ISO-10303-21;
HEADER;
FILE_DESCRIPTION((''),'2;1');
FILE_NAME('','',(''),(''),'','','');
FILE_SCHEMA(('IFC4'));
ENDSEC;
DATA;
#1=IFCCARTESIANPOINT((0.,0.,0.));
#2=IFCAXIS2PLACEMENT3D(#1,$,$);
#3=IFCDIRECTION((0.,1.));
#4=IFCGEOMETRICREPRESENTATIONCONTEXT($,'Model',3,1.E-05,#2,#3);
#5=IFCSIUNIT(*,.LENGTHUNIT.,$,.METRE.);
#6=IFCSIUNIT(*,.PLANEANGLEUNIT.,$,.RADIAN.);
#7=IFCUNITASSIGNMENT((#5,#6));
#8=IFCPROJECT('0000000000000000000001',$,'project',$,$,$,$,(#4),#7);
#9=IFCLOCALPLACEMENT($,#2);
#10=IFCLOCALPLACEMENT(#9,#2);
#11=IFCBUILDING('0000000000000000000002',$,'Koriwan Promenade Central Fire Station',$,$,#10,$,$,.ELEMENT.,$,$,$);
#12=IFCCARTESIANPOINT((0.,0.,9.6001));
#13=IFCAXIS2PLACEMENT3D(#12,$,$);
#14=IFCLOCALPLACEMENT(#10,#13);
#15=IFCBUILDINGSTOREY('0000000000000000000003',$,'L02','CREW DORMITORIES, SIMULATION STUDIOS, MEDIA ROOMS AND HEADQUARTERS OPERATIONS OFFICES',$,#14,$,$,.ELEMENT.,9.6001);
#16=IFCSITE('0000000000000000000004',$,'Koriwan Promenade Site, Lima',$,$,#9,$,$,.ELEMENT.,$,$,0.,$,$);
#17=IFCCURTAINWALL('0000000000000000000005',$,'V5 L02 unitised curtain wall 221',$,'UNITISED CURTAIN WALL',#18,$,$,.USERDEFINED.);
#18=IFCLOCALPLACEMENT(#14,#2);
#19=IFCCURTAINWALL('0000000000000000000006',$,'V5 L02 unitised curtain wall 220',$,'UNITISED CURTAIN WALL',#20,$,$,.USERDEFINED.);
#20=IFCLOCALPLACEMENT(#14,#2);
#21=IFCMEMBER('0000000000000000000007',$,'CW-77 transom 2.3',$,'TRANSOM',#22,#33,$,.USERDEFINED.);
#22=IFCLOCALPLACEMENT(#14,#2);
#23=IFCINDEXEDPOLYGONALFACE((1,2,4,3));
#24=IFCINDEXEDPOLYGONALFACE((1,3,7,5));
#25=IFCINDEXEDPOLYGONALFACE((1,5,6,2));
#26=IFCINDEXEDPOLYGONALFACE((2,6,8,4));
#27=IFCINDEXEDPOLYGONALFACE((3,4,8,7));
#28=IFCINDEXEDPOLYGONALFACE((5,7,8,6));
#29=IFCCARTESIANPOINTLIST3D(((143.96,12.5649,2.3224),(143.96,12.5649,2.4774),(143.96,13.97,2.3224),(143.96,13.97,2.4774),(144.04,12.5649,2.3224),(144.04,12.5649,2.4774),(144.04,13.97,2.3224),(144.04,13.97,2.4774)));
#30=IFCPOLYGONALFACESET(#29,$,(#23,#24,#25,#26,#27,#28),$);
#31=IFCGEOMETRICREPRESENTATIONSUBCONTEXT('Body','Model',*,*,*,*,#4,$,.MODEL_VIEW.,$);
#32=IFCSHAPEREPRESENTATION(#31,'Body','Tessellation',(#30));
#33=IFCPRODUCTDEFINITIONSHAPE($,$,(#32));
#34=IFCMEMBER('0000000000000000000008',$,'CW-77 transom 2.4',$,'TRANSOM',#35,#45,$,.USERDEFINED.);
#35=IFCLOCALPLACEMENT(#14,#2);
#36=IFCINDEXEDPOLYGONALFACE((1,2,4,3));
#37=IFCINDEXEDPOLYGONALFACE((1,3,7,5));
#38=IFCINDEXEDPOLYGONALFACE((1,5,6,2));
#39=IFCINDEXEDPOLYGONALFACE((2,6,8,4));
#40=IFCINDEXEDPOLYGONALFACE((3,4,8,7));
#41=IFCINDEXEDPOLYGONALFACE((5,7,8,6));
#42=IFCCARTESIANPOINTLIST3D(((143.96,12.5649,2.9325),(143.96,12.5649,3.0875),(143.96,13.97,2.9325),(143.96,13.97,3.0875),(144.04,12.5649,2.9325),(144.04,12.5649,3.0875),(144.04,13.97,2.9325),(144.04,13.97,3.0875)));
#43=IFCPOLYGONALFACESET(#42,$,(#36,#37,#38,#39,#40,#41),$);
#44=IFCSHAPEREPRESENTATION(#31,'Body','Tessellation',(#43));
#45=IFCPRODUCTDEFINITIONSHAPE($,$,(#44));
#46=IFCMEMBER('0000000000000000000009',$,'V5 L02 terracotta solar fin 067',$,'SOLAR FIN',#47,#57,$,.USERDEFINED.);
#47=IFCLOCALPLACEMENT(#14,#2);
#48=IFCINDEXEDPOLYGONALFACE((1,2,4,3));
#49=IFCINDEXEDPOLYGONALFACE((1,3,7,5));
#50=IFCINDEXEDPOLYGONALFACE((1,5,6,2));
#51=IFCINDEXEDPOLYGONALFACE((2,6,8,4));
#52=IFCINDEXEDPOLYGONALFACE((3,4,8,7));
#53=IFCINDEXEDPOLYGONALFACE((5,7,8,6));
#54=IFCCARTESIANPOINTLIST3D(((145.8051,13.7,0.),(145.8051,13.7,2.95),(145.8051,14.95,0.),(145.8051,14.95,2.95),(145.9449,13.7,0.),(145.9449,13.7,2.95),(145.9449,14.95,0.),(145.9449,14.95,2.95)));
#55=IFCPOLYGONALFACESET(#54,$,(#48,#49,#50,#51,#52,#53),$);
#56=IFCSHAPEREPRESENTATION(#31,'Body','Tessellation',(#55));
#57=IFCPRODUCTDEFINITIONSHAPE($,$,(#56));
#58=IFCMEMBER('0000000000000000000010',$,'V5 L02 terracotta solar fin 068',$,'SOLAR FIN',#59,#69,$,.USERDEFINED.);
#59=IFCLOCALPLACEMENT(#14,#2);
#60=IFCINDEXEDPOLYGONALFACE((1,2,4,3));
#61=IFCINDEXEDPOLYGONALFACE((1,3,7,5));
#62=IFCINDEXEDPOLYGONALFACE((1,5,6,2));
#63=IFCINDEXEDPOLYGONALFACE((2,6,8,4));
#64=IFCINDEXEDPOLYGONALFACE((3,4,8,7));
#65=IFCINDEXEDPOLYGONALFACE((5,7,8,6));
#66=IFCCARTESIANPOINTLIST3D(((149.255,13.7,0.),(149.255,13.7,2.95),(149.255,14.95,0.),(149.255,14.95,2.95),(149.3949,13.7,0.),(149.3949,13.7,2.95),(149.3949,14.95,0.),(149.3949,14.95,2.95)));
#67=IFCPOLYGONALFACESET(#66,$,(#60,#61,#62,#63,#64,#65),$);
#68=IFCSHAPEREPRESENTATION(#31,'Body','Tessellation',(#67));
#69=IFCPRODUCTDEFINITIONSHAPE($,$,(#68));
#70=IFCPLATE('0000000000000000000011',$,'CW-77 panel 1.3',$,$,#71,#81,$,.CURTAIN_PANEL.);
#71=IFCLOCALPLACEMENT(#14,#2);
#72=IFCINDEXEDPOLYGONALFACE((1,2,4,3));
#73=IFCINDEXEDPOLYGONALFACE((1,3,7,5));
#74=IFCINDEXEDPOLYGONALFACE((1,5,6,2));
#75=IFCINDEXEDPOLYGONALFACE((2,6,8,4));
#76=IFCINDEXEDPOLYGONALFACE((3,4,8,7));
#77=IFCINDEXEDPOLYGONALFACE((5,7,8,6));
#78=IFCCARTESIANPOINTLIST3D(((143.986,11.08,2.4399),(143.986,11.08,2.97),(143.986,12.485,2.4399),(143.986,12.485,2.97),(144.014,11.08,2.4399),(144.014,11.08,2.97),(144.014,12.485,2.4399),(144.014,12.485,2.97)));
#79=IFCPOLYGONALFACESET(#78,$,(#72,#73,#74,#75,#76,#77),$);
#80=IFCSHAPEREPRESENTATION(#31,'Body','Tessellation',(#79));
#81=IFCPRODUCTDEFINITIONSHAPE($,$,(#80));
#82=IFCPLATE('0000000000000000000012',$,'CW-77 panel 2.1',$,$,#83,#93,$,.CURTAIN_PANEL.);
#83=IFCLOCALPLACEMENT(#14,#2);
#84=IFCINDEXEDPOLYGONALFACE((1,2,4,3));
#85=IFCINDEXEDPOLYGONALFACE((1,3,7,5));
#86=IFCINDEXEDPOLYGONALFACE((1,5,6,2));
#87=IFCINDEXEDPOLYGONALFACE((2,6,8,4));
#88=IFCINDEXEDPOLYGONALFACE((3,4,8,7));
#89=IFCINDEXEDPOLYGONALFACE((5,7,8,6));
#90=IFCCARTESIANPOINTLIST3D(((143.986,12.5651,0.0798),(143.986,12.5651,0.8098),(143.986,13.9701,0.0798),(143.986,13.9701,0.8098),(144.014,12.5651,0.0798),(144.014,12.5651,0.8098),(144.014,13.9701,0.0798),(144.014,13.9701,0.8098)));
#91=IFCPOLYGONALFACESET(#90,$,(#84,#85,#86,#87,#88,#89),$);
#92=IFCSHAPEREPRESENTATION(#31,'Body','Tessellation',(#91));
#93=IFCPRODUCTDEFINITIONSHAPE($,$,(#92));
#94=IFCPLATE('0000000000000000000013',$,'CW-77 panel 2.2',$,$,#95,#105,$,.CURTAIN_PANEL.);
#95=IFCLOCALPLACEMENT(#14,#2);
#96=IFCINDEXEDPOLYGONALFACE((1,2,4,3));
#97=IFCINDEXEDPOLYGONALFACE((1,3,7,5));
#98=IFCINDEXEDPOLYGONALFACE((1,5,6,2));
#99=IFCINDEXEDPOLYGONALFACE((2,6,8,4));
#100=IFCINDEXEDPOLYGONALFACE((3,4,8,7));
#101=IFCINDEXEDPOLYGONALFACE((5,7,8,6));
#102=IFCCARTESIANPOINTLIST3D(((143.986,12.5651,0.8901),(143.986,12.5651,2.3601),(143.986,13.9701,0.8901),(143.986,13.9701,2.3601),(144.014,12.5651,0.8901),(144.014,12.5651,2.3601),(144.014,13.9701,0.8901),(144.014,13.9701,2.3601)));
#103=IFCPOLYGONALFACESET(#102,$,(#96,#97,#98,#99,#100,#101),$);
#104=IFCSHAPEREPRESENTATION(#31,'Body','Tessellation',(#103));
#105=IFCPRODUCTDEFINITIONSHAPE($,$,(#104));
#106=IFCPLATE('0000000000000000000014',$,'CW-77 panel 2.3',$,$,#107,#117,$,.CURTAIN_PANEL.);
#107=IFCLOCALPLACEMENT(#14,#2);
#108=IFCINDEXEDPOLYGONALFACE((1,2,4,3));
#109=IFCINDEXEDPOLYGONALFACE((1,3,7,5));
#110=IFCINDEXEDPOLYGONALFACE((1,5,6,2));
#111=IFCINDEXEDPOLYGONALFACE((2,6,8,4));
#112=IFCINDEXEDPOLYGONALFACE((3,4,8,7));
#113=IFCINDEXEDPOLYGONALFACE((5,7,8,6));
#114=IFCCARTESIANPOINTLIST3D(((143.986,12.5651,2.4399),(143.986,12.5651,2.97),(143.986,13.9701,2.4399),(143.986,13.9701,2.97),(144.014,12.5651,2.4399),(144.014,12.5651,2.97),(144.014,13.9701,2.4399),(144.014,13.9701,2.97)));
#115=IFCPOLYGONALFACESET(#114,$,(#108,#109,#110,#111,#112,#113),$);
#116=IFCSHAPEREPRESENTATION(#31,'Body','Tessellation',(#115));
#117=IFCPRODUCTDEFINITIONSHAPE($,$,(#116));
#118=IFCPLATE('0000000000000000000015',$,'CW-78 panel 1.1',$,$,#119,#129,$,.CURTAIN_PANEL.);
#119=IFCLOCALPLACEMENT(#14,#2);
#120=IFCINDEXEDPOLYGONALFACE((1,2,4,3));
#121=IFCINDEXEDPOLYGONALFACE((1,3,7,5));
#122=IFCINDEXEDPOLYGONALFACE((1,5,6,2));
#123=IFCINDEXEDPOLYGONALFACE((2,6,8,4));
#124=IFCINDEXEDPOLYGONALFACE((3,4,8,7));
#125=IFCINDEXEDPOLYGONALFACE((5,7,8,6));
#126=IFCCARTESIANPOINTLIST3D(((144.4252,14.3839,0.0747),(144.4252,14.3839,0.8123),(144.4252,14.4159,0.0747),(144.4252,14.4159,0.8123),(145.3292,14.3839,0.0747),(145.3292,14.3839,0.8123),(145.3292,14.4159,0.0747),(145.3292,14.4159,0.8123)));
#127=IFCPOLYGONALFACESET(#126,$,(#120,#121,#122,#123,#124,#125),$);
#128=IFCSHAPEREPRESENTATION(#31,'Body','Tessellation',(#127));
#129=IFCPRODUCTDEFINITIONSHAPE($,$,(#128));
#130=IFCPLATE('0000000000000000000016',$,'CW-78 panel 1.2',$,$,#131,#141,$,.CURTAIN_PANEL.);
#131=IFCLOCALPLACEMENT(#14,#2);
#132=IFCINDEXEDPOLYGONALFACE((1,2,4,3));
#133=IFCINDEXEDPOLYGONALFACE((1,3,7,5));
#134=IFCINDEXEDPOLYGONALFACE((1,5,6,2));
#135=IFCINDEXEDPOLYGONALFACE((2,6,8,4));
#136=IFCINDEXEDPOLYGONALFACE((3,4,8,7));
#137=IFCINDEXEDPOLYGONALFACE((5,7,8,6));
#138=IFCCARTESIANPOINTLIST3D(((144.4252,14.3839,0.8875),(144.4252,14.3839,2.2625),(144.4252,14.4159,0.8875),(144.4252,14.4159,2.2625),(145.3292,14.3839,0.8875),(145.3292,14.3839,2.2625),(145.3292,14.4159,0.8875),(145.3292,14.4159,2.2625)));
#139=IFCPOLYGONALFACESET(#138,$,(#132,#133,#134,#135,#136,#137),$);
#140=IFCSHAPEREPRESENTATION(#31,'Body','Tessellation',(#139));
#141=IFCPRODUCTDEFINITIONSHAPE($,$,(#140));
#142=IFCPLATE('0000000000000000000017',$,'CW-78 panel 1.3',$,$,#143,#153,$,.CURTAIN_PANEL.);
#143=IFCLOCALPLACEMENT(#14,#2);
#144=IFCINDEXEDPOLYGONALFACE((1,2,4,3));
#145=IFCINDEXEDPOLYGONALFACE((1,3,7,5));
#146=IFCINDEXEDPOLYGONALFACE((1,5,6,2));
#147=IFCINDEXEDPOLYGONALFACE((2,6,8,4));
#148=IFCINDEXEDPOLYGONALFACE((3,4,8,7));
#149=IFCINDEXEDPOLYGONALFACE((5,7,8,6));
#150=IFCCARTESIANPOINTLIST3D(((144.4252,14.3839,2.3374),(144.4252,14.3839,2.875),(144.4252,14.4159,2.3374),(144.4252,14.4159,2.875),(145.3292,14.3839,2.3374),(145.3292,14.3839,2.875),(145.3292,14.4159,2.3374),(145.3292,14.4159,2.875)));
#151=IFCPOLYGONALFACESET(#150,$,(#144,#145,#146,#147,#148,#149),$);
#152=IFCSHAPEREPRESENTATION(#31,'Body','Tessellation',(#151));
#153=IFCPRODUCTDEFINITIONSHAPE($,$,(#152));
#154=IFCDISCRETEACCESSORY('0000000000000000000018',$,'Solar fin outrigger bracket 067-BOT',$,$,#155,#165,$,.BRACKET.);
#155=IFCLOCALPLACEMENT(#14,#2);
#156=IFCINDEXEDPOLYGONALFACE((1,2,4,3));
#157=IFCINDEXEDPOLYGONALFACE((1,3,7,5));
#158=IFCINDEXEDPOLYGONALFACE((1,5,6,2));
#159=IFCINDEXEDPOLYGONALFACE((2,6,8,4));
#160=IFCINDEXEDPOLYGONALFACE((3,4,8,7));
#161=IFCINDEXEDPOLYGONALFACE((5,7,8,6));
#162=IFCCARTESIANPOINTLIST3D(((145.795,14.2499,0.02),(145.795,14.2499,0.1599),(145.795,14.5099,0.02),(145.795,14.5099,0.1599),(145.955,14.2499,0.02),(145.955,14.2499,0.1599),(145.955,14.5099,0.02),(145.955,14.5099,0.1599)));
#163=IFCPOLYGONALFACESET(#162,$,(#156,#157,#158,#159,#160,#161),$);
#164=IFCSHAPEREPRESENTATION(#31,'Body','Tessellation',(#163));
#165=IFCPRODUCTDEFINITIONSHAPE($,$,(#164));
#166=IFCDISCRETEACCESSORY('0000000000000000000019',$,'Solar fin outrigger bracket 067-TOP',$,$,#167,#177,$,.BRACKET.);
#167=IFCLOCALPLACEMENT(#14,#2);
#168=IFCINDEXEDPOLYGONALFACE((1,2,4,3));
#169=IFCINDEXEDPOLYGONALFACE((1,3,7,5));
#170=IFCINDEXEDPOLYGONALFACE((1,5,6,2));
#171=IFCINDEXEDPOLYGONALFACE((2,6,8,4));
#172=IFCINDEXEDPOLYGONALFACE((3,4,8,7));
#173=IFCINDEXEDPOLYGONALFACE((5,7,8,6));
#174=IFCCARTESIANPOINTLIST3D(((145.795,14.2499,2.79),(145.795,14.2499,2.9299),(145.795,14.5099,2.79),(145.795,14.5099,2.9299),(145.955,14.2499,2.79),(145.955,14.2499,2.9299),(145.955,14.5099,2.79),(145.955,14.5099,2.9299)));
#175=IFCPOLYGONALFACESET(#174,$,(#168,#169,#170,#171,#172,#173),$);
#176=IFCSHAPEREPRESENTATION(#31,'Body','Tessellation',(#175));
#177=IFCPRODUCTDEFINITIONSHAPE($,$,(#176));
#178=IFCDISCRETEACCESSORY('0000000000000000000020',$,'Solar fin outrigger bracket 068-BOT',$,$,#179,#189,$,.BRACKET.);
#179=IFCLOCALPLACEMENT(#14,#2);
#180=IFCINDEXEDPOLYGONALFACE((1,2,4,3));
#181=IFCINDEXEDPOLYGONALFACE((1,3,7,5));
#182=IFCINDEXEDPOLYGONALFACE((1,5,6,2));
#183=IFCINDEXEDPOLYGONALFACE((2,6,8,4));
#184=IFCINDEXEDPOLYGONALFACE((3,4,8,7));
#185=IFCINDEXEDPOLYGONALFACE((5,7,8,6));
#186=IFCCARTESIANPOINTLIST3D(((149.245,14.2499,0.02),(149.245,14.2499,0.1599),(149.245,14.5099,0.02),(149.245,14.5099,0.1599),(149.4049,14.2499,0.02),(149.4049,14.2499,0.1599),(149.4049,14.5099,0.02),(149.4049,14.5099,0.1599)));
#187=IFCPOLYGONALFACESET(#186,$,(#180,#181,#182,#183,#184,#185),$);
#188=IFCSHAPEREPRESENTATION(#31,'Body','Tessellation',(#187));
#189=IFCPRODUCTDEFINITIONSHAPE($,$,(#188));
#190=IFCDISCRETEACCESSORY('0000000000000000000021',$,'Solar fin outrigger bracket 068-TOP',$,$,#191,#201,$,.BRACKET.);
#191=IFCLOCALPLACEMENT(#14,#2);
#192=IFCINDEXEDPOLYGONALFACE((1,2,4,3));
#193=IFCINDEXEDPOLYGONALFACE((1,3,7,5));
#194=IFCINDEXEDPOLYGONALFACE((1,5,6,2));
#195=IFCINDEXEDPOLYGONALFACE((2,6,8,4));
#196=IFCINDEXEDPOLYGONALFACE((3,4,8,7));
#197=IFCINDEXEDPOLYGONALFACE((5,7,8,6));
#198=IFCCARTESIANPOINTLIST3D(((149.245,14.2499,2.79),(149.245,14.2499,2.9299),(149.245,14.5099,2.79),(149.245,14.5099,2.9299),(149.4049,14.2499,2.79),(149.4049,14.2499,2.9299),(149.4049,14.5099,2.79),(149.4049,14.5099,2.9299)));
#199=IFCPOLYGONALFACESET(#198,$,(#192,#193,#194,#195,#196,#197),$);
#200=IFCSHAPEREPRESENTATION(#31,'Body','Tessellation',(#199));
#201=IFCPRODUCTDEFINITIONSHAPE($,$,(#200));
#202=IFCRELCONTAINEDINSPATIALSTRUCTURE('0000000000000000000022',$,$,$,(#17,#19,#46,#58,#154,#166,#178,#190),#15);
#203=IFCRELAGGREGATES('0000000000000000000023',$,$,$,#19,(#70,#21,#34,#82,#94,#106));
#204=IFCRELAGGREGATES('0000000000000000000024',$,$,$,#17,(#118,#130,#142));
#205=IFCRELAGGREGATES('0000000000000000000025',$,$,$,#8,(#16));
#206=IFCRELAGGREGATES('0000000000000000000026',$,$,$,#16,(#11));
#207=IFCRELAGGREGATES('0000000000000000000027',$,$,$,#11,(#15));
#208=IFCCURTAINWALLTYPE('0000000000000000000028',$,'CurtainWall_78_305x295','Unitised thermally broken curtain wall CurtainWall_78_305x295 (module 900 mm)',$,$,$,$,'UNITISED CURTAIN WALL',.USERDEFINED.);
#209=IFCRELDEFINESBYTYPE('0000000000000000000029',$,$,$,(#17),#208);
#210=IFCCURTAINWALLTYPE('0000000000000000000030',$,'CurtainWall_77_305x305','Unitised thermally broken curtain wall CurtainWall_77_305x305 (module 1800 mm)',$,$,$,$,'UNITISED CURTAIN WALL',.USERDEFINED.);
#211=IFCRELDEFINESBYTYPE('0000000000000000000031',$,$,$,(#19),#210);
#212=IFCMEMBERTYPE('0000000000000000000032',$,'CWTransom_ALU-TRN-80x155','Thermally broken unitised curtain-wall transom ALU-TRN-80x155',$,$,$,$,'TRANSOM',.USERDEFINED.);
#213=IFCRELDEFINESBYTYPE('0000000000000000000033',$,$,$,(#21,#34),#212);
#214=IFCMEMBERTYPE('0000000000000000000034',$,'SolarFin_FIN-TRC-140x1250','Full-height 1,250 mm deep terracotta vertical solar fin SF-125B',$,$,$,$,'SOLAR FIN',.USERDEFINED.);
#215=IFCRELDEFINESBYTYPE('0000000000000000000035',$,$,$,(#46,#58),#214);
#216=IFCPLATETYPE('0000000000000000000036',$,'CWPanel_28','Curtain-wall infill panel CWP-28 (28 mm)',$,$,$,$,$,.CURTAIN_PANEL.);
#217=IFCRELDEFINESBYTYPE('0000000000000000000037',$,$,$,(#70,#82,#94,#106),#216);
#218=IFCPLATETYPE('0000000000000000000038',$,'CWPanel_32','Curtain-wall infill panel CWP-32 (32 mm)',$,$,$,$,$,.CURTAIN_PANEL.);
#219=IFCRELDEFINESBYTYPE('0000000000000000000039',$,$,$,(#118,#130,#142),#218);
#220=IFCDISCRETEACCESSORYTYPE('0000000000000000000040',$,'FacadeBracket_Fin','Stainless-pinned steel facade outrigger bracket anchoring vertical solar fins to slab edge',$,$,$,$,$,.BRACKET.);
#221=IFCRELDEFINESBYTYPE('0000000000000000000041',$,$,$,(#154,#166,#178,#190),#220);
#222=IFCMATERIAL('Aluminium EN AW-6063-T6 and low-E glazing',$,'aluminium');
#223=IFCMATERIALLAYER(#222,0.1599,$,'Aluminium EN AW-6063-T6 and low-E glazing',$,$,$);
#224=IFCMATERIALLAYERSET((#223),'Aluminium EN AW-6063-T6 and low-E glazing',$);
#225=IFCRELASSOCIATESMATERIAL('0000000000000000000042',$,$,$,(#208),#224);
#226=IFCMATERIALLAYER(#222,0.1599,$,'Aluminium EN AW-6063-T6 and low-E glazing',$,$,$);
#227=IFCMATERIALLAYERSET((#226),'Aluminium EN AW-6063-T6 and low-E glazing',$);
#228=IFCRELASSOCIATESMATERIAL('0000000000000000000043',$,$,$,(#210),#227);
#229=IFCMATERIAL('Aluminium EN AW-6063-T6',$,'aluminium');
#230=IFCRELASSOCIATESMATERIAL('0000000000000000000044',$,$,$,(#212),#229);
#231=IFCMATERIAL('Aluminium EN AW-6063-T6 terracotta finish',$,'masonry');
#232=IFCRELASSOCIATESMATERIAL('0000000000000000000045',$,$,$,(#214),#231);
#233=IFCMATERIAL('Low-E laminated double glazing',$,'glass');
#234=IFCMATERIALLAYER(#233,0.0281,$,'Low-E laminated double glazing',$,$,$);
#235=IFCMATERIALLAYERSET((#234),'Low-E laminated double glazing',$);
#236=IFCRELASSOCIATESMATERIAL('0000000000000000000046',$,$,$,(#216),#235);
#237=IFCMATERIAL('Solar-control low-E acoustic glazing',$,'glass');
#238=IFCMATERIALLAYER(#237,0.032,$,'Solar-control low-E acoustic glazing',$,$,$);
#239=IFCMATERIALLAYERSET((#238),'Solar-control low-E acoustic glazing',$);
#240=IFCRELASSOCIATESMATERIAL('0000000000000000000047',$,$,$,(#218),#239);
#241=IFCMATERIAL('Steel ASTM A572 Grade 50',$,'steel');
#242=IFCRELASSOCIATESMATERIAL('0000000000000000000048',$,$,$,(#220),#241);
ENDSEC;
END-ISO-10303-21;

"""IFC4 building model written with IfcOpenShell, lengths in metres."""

from ifc_helpers import new_model, si_unit, direction, frame, origin, origin_2d, place, context, subcontext, project, spatial, rectangle, extrude, material, layer, layer_set, material_profile, profile_set, type_object, element, aggregate, save


model = new_model("IFC4")

# Units and contexts
model_context = context("Model", 3, precision=1e-05, world=origin(), true_north=direction((0.0, 1.0)))
body_context = subcontext(model_context, "Body", "Model", "MODEL_VIEW")
ifc_project = project(units=[si_unit("LENGTHUNIT", "METRE"), si_unit("PLANEANGLEUNIT", "RADIAN")], contexts=[model_context])

# Site, building, storey
site_placement = place(None, origin())
site = spatial("IfcSite", under=ifc_project, at=site_placement, Name="Koriwan Promenade Site, Lima", CompositionType="ELEMENT", RefElevation=0.0)
building_placement = place(site_placement, origin())
building = spatial("IfcBuilding", under=site, at=building_placement, Name="Koriwan Promenade Central Fire Station", CompositionType="ELEMENT")
storey_placement = place(building_placement, frame((0.0, 0.0, 9.6001)))
storey = spatial("IfcBuildingStorey", under=building, at=storey_placement, Name="L02", Description="CREW DORMITORIES, SIMULATION STUDIOS, MEDIA ROOMS AND HEADQUARTERS OPERATIONS OFFICES", CompositionType="ELEMENT", Elevation=9.6001)

# Curtain walls
ifc_material_1 = material(Name="Aluminium EN AW-6063-T6 and low-E glazing", Category="aluminium")
ifc_layer_1 = layer(ifc_material_1, 0.1599, Name="Aluminium EN AW-6063-T6 and low-E glazing")
ifc_layer_set_1 = layer_set([ifc_layer_1], Name="Aluminium EN AW-6063-T6 and low-E glazing")
curtain_wall_type_1 = type_object("IfcCurtainWallType", Name="CurtainWall_78_305x295", Description="Unitised thermally broken curtain wall CurtainWall_78_305x295 (module 900 mm)", ElementType="UNITISED CURTAIN WALL", PredefinedType="USERDEFINED", material=ifc_layer_set_1)
curtain_wall_1_placement = place(storey_placement, origin())
curtain_wall_1 = element("IfcCurtainWall", 1, at=curtain_wall_1_placement, inside=storey, type_object=curtain_wall_type_1, Name="V5 L02 unitised curtain wall 221", ObjectType="UNITISED CURTAIN WALL", PredefinedType="USERDEFINED")
ifc_material_2 = material(Name="Aluminium EN AW-6063-T6", Category="aluminium")
ifc_layer_2 = layer(ifc_material_1, 0.1599, Name="Aluminium EN AW-6063-T6 and low-E glazing")
ifc_layer_set_2 = layer_set([ifc_layer_2], Name="Aluminium EN AW-6063-T6 and low-E glazing")
curtain_wall_type_2 = type_object("IfcCurtainWallType", Name="CurtainWall_77_305x305", Description="Unitised thermally broken curtain wall CurtainWall_77_305x305 (module 1800 mm)", ElementType="UNITISED CURTAIN WALL", PredefinedType="USERDEFINED", material=ifc_layer_set_2)
curtain_wall_2_placement = place(storey_placement, origin())
curtain_wall_2 = element("IfcCurtainWall", 2, at=curtain_wall_2_placement, inside=storey, type_object=curtain_wall_type_2, Name="V5 L02 unitised curtain wall 220", ObjectType="UNITISED CURTAIN WALL", PredefinedType="USERDEFINED")

# Members
ifc_material_profile_1 = material_profile(ifc_material_2, rectangle(XDim=0.0801, YDim=0.155, at=origin_2d()), Name="ALU-TRN-80x155")
ifc_profile_set_1 = profile_set([ifc_material_profile_1], Name="Aluminium EN AW-6063-T6")
member_type_1 = type_object("IfcMemberType", Name="CWTransom_ALU-TRN-80x155", Description="Thermally broken unitised curtain-wall transom ALU-TRN-80x155", ElementType="TRANSOM", PredefinedType="USERDEFINED", material=ifc_profile_set_1)
member_1_placement = place(storey_placement, frame((144.0, 12.5649, 2.3999), z_axis=(0.0, 1.0, 0.0), x_axis=(-1.0, 0.0, 0.0)))
member_1 = element("IfcMember", 3, at=member_1_placement, type_object=member_type_1, Name="CW-77 transom 2.3", ObjectType="TRANSOM", PredefinedType="USERDEFINED", context=body_context, shape_type="SweptSolid", body=[
    extrude(rectangle(XDim=0.0801, YDim=0.155, at=origin_2d()), origin(), (0.0, 0.0, 1.0), 1.405),
])
member_2_placement = place(storey_placement, frame((144.0, 12.5649, 3.01), z_axis=(0.0, 1.0, 0.0), x_axis=(-1.0, 0.0, 0.0)))
member_2 = element("IfcMember", 4, at=member_2_placement, type_object=member_type_1, Name="CW-77 transom 2.4", ObjectType="TRANSOM", PredefinedType="USERDEFINED", context=body_context, shape_type="SweptSolid", body=[
    extrude(rectangle(XDim=0.0801, YDim=0.155, at=origin_2d()), origin(), (0.0, 0.0, 1.0), 1.405),
])

# Members
ifc_material_3 = material(Name="Aluminium EN AW-6063-T6 terracotta finish", Category="masonry")
ifc_material_profile_2 = material_profile(ifc_material_3, rectangle(XDim=0.1399, YDim=1.25, at=origin_2d()), Name="FIN-TRC-140x1250")
ifc_profile_set_2 = profile_set([ifc_material_profile_2], Name="Aluminium EN AW-6063-T6 terracotta finish")
member_type_2 = type_object("IfcMemberType", Name="SolarFin_FIN-TRC-140x1250", Description="Full-height 1,250 mm deep terracotta vertical solar fin SF-125B", ElementType="SOLAR FIN", PredefinedType="USERDEFINED", material=ifc_profile_set_2)
for number, where, z_axis, x_axis, name in (
    (5, (145.875, 14.325, 0.0), (0.0, 0.0, 1.0), (-1.0, 0.0, 0.0), "V5 L02 terracotta solar fin 067"),
    (6, (149.325, 14.325, 0.0), (0.0, 0.0, 1.0), (-1.0, 0.0, 0.0), "V5 L02 terracotta solar fin 068"),
):
    element("IfcMember", number, at=place(storey_placement, frame(where, z_axis=z_axis, x_axis=x_axis)), inside=storey, type_object=member_type_2, Name=name, ObjectType="SOLAR FIN", PredefinedType="USERDEFINED", context=body_context, shape_type="SweptSolid", body=[
        extrude(rectangle(XDim=0.1399, YDim=1.25, at=origin_2d()), origin(), (0.0, 0.0, 1.0), 2.95),
    ])

# Plates
ifc_material_4 = material(Name="Low-E laminated double glazing", Category="glass")
ifc_layer_3 = layer(ifc_material_4, 0.0281, Name="Low-E laminated double glazing")
ifc_layer_set_3 = layer_set([ifc_layer_3], Name="Low-E laminated double glazing")
plate_type_1 = type_object("IfcPlateType", Name="CWPanel_28", Description="Curtain-wall infill panel CWP-28 (28 mm)", PredefinedType="CURTAIN_PANEL", material=ifc_layer_set_3)
plate_1_placement = place(storey_placement, frame((144.0, 11.7825, 2.4399), z_axis=(0.0, 0.0, 1.0), x_axis=(0.0, 1.0, 0.0)))
plate_1 = element("IfcPlate", 7, at=plate_1_placement, type_object=plate_type_1, Name="CW-77 panel 1.3", PredefinedType="CURTAIN_PANEL", context=body_context, shape_type="SweptSolid", body=[
    extrude(rectangle(XDim=1.405, YDim=0.0281, at=origin_2d()), origin(), (0.0, 0.0, 1.0), 0.53),
])
plate_2_placement = place(storey_placement, frame((144.0, 13.2676, 0.0798), z_axis=(0.0, 0.0, 1.0), x_axis=(0.0, 1.0, 0.0)))
plate_2 = element("IfcPlate", 8, at=plate_2_placement, type_object=plate_type_1, Name="CW-77 panel 2.1", PredefinedType="CURTAIN_PANEL", context=body_context, shape_type="SweptSolid", body=[
    extrude(rectangle(XDim=1.405, YDim=0.0281, at=origin_2d()), origin(), (0.0, 0.0, 1.0), 0.73),
])
plate_3_placement = place(storey_placement, frame((144.0, 13.2676, 0.8901), z_axis=(0.0, 0.0, 1.0), x_axis=(0.0, 1.0, 0.0)))
plate_3 = element("IfcPlate", 9, at=plate_3_placement, type_object=plate_type_1, Name="CW-77 panel 2.2", PredefinedType="CURTAIN_PANEL", context=body_context, shape_type="SweptSolid", body=[
    extrude(rectangle(XDim=1.405, YDim=0.0281, at=origin_2d()), origin(), (0.0, 0.0, 1.0), 1.47),
])
plate_4_placement = place(storey_placement, frame((144.0, 13.2676, 2.4399), z_axis=(0.0, 0.0, 1.0), x_axis=(0.0, 1.0, 0.0)))
plate_4 = element("IfcPlate", 10, at=plate_4_placement, type_object=plate_type_1, Name="CW-77 panel 2.3", PredefinedType="CURTAIN_PANEL", context=body_context, shape_type="SweptSolid", body=[
    extrude(rectangle(XDim=1.405, YDim=0.0281, at=origin_2d()), origin(), (0.0, 0.0, 1.0), 0.53),
])
aggregate(curtain_wall_2, [plate_1, member_1, member_2, plate_2, plate_3, plate_4])
ifc_material_5 = material(Name="Solar-control low-E acoustic glazing", Category="glass")
ifc_layer_4 = layer(ifc_material_5, 0.032, Name="Solar-control low-E acoustic glazing")
ifc_layer_set_4 = layer_set([ifc_layer_4], Name="Solar-control low-E acoustic glazing")
plate_type_2 = type_object("IfcPlateType", Name="CWPanel_32", Description="Curtain-wall infill panel CWP-32 (32 mm)", PredefinedType="CURTAIN_PANEL", material=ifc_layer_set_4)
plate_5_placement = place(storey_placement, frame((144.8772, 14.3999, 0.0747), z_axis=(0.0, 0.0, 1.0), x_axis=(1.0, 0.0, 0.0)))
plate_5 = element("IfcPlate", 11, at=plate_5_placement, type_object=plate_type_2, Name="CW-78 panel 1.1", PredefinedType="CURTAIN_PANEL", context=body_context, shape_type="SweptSolid", body=[
    extrude(rectangle(XDim=0.9041, YDim=0.032, at=origin_2d()), origin(), (0.0, 0.0, 1.0), 0.7375),
])
plate_6_placement = place(storey_placement, frame((144.8772, 14.3999, 0.8875), z_axis=(0.0, 0.0, 1.0), x_axis=(1.0, 0.0, 0.0)))
plate_6 = element("IfcPlate", 12, at=plate_6_placement, type_object=plate_type_2, Name="CW-78 panel 1.2", PredefinedType="CURTAIN_PANEL", context=body_context, shape_type="SweptSolid", body=[
    extrude(rectangle(XDim=0.9041, YDim=0.032, at=origin_2d()), origin(), (0.0, 0.0, 1.0), 1.375),
])
plate_7_placement = place(storey_placement, frame((144.8772, 14.3999, 2.3374), z_axis=(0.0, 0.0, 1.0), x_axis=(1.0, 0.0, 0.0)))
plate_7 = element("IfcPlate", 13, at=plate_7_placement, type_object=plate_type_2, Name="CW-78 panel 1.3", PredefinedType="CURTAIN_PANEL", context=body_context, shape_type="SweptSolid", body=[
    extrude(rectangle(XDim=0.9041, YDim=0.032, at=origin_2d()), origin(), (0.0, 0.0, 1.0), 0.5376),
])
aggregate(curtain_wall_1, [plate_5, plate_6, plate_7])

# Discrete accessories
ifc_material_6 = material(Name="Steel ASTM A572 Grade 50", Category="steel")
discrete_accessory_type = type_object("IfcDiscreteAccessoryType", Name="FacadeBracket_Fin", Description="Stainless-pinned steel facade outrigger bracket anchoring vertical solar fins to slab edge", PredefinedType="BRACKET", material=ifc_material_6)
for number, where, z_axis, x_axis, name in (
    (14, (145.875, 14.3799, 0.02), (0.0, 0.0, 1.0), (0.0, -1.0, 0.0), "Solar fin outrigger bracket 067-BOT"),
    (15, (145.875, 14.3799, 2.79), (0.0, 0.0, 1.0), (0.0, -1.0, 0.0), "Solar fin outrigger bracket 067-TOP"),
    (16, (149.325, 14.3799, 0.02), (0.0, 0.0, 1.0), (0.0, -1.0, 0.0), "Solar fin outrigger bracket 068-BOT"),
    (17, (149.325, 14.3799, 2.79), (0.0, 0.0, 1.0), (0.0, -1.0, 0.0), "Solar fin outrigger bracket 068-TOP"),
):
    element("IfcDiscreteAccessory", number, at=place(storey_placement, frame(where, z_axis=z_axis, x_axis=x_axis)), inside=storey, type_object=discrete_accessory_type, Name=name, PredefinedType="BRACKET", context=body_context, shape_type="SweptSolid", body=[
        extrude(rectangle(XDim=0.26, YDim=0.1599, at=origin_2d()), origin(), (0.0, 0.0, 1.0), 0.1399),
    ])

save(model, "model.ifc")
